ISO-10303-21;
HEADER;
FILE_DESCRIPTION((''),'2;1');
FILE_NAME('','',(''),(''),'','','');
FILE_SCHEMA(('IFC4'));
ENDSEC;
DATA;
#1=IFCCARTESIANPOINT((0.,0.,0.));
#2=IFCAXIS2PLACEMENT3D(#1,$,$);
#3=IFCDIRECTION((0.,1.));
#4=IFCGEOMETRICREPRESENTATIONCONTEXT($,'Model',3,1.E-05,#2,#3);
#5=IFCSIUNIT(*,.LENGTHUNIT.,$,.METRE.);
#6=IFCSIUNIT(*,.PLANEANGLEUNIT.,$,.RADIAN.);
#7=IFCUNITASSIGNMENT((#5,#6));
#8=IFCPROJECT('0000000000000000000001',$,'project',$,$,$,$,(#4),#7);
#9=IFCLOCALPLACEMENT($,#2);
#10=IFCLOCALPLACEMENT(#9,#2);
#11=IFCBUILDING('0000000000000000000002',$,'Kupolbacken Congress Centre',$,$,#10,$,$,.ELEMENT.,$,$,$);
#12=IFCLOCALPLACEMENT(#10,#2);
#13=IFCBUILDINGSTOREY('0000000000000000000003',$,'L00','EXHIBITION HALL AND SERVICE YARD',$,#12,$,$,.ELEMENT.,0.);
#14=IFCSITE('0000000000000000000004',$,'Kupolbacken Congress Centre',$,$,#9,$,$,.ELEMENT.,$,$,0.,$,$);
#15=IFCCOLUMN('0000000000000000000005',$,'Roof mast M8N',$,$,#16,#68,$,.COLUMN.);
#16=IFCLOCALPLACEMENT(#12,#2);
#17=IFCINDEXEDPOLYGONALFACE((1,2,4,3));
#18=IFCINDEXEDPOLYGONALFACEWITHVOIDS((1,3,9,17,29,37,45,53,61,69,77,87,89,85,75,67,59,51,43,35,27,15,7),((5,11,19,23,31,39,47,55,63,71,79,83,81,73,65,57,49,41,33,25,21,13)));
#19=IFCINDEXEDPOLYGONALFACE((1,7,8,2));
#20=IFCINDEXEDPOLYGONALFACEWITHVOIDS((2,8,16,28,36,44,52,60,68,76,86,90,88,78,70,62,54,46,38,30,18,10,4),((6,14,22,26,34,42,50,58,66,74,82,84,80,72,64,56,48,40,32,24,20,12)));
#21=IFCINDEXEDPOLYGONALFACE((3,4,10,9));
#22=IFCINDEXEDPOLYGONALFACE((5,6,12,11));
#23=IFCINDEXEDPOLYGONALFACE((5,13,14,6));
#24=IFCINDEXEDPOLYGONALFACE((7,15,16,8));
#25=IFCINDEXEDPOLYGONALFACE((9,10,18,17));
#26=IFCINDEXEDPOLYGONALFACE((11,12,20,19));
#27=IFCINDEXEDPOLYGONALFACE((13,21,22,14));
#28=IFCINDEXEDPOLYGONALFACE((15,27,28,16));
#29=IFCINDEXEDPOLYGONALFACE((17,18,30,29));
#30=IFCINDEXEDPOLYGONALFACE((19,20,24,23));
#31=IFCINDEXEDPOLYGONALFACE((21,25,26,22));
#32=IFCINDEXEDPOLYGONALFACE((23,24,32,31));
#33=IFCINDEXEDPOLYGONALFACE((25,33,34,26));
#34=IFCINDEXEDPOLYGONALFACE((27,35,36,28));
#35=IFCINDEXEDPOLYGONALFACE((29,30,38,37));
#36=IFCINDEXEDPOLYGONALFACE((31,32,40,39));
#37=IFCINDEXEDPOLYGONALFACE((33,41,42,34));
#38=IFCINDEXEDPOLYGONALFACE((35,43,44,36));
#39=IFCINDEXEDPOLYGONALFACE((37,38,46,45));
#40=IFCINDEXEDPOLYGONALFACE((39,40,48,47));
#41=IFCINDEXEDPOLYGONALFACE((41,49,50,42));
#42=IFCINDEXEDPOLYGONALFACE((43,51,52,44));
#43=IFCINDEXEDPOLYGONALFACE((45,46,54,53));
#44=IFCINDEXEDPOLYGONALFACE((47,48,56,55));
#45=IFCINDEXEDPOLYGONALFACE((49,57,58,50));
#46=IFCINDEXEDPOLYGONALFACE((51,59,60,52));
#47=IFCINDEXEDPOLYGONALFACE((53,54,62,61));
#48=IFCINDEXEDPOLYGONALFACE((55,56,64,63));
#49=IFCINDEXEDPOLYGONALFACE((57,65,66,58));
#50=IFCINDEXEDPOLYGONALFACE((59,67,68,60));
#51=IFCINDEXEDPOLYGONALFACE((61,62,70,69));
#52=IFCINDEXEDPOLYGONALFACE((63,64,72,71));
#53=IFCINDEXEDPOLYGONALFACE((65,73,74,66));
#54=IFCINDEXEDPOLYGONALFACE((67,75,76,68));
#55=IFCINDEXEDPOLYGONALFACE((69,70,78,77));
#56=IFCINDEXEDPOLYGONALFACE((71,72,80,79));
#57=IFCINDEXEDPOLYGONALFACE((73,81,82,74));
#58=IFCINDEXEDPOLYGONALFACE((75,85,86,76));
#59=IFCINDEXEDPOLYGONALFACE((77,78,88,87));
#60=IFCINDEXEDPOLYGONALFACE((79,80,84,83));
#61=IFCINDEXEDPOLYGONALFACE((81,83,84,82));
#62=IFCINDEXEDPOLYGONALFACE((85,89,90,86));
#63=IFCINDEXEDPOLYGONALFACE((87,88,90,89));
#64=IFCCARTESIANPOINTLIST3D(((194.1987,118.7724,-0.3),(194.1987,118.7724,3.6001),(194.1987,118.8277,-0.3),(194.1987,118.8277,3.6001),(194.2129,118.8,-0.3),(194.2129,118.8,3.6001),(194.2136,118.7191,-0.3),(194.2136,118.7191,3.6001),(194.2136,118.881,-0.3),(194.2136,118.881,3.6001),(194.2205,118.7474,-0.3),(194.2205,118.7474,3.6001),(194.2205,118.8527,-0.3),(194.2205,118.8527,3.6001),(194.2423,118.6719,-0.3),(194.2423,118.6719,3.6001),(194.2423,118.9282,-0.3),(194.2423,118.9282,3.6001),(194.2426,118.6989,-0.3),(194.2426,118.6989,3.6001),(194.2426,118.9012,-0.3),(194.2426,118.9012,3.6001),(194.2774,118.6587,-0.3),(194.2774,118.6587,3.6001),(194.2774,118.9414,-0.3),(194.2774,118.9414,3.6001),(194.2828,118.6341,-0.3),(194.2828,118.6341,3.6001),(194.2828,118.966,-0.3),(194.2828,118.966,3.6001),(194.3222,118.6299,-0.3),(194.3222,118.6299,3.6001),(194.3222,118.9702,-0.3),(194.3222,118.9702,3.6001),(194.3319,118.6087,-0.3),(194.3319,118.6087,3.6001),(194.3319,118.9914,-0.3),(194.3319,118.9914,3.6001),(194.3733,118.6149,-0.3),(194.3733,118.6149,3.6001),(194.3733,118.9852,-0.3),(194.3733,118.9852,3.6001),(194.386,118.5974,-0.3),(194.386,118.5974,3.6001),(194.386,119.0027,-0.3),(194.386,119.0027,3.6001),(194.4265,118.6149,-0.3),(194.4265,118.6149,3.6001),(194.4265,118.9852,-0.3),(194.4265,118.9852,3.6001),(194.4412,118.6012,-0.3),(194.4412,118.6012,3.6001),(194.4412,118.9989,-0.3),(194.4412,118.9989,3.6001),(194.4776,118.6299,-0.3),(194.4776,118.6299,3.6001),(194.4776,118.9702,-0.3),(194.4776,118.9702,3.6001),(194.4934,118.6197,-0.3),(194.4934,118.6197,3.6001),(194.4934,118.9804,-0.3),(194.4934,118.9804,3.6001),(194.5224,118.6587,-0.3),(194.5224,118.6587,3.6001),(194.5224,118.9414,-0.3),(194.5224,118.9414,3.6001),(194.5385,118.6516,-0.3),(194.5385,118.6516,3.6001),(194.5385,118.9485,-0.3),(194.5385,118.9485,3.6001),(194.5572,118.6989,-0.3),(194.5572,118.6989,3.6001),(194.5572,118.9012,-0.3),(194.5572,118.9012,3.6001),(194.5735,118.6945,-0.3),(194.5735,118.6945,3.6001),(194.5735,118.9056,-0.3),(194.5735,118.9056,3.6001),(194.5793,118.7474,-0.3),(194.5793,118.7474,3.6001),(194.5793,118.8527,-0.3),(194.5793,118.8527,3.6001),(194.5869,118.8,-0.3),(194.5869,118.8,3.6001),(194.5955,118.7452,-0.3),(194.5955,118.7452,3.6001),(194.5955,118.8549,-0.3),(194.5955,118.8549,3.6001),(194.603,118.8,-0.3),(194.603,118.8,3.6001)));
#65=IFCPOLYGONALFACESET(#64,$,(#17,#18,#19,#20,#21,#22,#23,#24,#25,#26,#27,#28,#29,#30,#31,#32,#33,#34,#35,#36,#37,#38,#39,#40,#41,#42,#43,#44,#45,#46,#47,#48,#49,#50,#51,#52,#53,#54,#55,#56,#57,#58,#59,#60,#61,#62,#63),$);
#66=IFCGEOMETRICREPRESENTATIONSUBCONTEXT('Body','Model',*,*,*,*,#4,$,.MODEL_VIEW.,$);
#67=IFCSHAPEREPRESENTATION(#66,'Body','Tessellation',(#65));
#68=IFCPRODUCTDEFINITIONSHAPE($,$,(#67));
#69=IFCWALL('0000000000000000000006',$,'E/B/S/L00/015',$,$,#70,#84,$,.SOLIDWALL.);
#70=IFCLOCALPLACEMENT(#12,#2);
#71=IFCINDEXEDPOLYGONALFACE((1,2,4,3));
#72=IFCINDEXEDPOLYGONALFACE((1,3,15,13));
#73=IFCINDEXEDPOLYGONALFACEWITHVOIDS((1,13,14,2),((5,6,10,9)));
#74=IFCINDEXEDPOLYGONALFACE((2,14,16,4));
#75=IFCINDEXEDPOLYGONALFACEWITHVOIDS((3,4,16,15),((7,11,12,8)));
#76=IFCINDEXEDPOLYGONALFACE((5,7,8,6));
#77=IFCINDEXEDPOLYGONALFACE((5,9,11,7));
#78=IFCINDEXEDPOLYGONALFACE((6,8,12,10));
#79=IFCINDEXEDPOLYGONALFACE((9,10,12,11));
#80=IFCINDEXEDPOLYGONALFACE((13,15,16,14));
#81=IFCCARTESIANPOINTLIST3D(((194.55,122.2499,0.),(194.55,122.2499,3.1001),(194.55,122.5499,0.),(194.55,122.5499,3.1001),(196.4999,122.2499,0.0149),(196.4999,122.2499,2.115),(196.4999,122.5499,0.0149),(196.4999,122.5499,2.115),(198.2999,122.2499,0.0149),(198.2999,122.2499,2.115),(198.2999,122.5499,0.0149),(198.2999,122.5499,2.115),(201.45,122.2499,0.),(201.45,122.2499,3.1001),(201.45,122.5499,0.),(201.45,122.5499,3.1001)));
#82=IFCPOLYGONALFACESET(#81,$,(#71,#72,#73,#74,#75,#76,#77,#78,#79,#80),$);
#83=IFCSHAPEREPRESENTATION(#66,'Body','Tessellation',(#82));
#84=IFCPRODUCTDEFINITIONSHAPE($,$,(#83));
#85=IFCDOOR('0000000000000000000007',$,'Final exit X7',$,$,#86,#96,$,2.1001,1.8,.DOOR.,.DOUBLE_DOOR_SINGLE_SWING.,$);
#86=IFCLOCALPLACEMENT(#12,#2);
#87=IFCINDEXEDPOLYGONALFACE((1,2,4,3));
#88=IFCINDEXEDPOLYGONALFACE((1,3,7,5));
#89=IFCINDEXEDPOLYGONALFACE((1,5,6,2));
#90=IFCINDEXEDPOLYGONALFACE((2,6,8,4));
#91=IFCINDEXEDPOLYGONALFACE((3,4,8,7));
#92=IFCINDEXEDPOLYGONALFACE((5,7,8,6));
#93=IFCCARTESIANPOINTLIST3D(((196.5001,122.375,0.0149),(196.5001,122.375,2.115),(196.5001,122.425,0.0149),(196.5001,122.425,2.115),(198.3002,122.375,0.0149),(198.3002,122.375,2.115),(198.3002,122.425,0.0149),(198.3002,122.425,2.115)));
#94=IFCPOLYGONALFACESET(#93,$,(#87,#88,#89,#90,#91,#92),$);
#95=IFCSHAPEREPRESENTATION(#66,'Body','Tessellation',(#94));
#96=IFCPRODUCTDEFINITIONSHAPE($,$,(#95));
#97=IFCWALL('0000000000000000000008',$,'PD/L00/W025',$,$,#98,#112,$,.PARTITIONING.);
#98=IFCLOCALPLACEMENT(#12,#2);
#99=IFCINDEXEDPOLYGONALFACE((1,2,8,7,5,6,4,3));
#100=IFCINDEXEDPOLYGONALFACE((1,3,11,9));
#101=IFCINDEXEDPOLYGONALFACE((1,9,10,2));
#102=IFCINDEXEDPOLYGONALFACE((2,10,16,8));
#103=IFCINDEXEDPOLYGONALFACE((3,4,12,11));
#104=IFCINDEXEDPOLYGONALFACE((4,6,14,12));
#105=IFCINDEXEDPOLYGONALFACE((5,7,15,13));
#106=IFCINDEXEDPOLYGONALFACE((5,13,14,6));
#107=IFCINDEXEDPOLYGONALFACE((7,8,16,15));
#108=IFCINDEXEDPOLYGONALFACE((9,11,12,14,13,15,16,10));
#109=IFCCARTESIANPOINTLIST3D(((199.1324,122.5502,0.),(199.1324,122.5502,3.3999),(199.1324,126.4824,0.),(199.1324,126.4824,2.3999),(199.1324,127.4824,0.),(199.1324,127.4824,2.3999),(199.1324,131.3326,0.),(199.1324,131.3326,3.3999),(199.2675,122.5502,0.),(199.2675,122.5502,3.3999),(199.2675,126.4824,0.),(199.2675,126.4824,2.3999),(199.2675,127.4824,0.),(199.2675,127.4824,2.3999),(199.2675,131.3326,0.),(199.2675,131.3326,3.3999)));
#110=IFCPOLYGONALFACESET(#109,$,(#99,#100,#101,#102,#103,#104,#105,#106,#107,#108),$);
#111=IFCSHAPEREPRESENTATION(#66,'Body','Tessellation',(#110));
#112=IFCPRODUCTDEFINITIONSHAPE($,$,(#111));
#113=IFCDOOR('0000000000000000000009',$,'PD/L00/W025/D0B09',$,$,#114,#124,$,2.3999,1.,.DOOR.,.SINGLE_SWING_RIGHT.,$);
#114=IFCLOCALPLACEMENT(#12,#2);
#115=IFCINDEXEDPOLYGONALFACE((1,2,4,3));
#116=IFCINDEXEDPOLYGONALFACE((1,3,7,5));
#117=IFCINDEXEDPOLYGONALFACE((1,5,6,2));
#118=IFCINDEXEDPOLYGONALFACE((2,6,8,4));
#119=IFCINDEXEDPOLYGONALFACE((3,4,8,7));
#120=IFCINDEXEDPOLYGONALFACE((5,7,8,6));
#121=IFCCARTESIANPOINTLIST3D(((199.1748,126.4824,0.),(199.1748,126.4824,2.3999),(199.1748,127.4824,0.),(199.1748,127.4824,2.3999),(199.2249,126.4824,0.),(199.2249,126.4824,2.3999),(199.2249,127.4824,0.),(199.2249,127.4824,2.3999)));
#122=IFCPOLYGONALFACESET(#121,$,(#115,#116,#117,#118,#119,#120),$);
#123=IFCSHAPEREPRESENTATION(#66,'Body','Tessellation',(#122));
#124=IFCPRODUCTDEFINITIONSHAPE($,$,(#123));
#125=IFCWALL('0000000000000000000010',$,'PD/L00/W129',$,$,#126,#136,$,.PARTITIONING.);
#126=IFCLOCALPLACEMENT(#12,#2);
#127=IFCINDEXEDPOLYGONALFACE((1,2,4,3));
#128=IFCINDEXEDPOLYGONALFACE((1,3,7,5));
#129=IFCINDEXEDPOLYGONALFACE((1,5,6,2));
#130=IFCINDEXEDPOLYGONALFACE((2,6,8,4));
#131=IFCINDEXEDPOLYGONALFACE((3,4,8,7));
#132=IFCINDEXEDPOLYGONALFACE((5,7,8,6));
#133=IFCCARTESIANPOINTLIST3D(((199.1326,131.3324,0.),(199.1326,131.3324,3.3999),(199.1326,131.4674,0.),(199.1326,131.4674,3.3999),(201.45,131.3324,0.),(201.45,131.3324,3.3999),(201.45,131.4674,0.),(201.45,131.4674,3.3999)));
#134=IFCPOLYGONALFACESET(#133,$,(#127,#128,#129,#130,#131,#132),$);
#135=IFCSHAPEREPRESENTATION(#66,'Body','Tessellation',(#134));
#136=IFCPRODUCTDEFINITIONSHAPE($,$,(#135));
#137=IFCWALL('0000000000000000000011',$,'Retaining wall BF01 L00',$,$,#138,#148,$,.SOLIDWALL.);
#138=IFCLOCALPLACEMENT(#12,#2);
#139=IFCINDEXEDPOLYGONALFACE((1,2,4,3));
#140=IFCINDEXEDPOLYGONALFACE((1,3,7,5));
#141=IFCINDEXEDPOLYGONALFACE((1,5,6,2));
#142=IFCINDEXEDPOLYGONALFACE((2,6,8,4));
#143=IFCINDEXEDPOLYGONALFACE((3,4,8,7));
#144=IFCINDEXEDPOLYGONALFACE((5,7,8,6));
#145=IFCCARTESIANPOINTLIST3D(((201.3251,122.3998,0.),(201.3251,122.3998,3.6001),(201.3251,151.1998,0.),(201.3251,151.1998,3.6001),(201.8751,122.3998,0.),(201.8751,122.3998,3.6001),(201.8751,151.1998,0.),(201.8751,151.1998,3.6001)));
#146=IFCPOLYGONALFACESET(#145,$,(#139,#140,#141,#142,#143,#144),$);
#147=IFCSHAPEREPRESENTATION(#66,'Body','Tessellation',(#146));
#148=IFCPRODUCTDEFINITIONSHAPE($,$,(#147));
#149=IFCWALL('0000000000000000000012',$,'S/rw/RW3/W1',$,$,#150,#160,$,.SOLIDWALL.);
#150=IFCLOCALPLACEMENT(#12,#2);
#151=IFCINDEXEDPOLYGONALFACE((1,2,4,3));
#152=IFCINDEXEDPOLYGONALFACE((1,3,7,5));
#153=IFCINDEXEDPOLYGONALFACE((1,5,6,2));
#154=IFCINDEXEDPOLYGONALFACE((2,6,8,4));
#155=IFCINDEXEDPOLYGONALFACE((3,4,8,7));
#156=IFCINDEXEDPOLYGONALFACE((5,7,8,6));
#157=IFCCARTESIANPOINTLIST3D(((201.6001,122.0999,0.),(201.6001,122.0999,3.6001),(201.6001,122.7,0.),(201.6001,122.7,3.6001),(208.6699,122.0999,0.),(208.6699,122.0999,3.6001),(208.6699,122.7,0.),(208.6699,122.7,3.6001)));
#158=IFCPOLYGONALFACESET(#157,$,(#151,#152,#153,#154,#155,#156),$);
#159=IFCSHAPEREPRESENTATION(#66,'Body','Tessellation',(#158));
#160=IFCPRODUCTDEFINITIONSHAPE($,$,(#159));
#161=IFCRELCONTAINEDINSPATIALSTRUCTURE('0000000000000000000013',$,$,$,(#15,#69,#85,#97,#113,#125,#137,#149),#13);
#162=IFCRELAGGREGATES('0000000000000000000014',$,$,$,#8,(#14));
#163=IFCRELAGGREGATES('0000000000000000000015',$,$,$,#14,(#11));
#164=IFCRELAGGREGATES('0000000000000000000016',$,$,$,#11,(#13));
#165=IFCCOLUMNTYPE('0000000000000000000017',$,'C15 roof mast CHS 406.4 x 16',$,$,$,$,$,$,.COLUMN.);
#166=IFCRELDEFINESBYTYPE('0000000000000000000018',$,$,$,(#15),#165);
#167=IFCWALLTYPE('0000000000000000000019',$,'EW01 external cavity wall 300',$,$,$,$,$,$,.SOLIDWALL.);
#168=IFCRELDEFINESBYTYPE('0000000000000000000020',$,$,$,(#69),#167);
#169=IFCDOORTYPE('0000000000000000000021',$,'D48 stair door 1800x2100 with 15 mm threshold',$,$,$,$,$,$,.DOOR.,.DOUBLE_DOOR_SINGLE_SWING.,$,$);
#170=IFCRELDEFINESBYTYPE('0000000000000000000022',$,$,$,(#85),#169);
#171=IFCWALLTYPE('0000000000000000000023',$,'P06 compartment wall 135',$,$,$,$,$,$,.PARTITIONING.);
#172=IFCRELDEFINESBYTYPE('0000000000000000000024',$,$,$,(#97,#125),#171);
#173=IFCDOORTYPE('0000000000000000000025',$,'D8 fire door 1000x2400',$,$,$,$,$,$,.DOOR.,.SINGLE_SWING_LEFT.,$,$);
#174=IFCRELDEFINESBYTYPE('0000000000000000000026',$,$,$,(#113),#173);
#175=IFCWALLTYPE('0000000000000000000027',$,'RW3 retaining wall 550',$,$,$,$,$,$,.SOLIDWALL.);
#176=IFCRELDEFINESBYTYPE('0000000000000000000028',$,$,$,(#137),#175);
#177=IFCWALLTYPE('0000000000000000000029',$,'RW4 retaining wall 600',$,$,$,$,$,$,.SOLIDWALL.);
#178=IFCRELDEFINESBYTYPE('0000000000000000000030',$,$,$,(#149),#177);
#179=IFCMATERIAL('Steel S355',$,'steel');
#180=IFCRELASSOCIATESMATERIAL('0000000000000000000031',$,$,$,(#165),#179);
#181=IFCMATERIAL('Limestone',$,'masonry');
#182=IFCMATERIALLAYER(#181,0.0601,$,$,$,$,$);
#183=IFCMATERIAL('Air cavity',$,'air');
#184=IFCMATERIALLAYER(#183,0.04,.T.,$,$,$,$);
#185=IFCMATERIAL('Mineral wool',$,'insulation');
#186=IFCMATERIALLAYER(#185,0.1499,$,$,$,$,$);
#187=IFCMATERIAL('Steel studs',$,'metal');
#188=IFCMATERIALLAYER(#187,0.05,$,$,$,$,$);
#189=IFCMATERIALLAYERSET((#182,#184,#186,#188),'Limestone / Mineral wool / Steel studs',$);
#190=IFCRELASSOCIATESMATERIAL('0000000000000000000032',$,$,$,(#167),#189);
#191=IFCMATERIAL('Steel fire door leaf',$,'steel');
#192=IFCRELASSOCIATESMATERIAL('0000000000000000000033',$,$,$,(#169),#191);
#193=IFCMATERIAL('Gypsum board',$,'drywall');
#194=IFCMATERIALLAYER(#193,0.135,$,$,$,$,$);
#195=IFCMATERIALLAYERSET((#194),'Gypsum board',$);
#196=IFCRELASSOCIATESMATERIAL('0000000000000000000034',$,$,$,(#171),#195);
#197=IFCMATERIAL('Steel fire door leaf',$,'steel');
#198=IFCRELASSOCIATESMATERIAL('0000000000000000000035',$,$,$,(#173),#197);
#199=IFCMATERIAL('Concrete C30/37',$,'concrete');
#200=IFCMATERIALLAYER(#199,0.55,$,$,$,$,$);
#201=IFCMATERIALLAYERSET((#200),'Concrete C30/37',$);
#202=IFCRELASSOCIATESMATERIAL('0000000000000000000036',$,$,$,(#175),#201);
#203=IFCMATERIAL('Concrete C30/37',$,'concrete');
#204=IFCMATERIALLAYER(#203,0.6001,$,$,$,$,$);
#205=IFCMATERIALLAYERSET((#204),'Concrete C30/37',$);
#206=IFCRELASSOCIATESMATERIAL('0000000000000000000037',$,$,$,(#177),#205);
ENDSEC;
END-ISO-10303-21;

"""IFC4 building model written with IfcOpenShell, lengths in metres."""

from ifc_helpers import new_model, si_unit, direction, frame, frame_2d, origin, origin_2d, place, context, subcontext, project, spatial, rectangle, hollow_circle, extrude, material, layer, layer_set, material_profile, profile_set, type_object, element, fill, save


model = new_model("IFC4")

# Units and contexts
model_context = context("Model", 3, precision=1e-05, world=origin(), true_north=direction((0.0, 1.0)))
body_context = subcontext(model_context, "Body", "Model", "MODEL_VIEW")
ifc_project = project(units=[si_unit("LENGTHUNIT", "METRE"), si_unit("PLANEANGLEUNIT", "RADIAN")], contexts=[model_context])

# Site, building, storey
site_placement = place(None, origin())
site = spatial("IfcSite", under=ifc_project, at=site_placement, Name="Kupolbacken Congress Centre", CompositionType="ELEMENT", RefElevation=0.0)
building_placement = place(site_placement, origin())
building = spatial("IfcBuilding", under=site, at=building_placement, Name="Kupolbacken Congress Centre", CompositionType="ELEMENT")
storey_placement = place(building_placement, origin())
storey = spatial("IfcBuildingStorey", under=building, at=storey_placement, Name="L00", Description="EXHIBITION HALL AND SERVICE YARD", CompositionType="ELEMENT", Elevation=0.0)

# Column
ifc_material_1 = material(Name="Steel S355", Category="steel")
ifc_material_profile_1 = material_profile(ifc_material_1, hollow_circle(Radius=0.2031, WallThickness=0.0161, at=origin_2d()), Name="CHS 406.4 x 16")
ifc_profile_set_1 = profile_set([ifc_material_profile_1], Name="Steel S355")
column_type_1 = type_object("IfcColumnType", Name="C15 roof mast CHS 406.4 x 16", PredefinedType="COLUMN", material=ifc_profile_set_1)
column_placement = place(storey_placement, frame((194.3999, 118.8, -0.3), z_axis=(0.0, 0.0, 1.0), x_axis=(1.0, 0.0, 0.0)))
element("IfcColumn", 1, at=column_placement, inside=storey, type_object=column_type_1, Name="Roof mast M8N", PredefinedType="COLUMN", context=body_context, shape_type="SweptSolid", body=[
    extrude(hollow_circle(Radius=0.2031, WallThickness=0.0161, at=origin_2d()), origin(), (0.0, 0.0, 1.0), 3.9001),
])

# Walls, openings, doors
ifc_material_2 = material(Name="Limestone", Category="masonry")
ifc_layer_1 = layer(ifc_material_2, 0.0601)
ifc_material_3 = material(Name="Air cavity", Category="air")
ifc_layer_2 = layer(ifc_material_3, 0.04, ventilated=True)
ifc_material_4 = material(Name="Mineral wool", Category="insulation")
ifc_layer_3 = layer(ifc_material_4, 0.1499)
ifc_material_5 = material(Name="Steel studs", Category="metal")
ifc_layer_4 = layer(ifc_material_5, 0.05)
ifc_layer_set_1 = layer_set([ifc_layer_1, ifc_layer_2, ifc_layer_3, ifc_layer_4], Name="Limestone / Mineral wool / Steel studs")
wall_type_1 = type_object("IfcWallType", Name="EW01 external cavity wall 300", PredefinedType="SOLIDWALL", material=ifc_layer_set_1)
wall_1_placement = place(storey_placement, frame((194.55, 122.3999, 0.0), z_axis=(0.0, 0.0, 1.0), x_axis=(1.0, 0.0, 0.0)))
wall_1 = element("IfcWall", 2, at=wall_1_placement, inside=storey, type_object=wall_type_1, Name="E/B/S/L00/015", PredefinedType="SOLIDWALL", context=body_context, shape_type="SweptSolid", body=[
    extrude(rectangle(XDim=6.8999, YDim=0.3, at=frame_2d((3.45, 0.0))), origin(), (0.0, 0.0, 1.0), 3.1001),
])
opening_1_placement = place(wall_1_placement, frame((1.95, 0.0, 0.0149)))
opening_1 = element("IfcOpeningElement", 3, at=opening_1_placement, cuts=wall_1, PredefinedType="OPENING", context=body_context, shape_type="SweptSolid", body=[
    extrude(rectangle(XDim=1.8, YDim=2.1001, at=frame_2d((0.8999, 1.05))), frame((0.0, 0.1599, 0.0), z_axis=(0.0, -1.0, 0.0), x_axis=(1.0, 0.0, 0.0)), (0.0, 0.0, 1.0), 0.3201),
])
ifc_material_6 = material(Name="Steel fire door leaf", Category="steel")
door_type_1 = type_object("IfcDoorType", Name="D48 stair door 1800x2100 with 15 mm threshold", OperationType="DOUBLE_DOOR_SINGLE_SWING", PredefinedType="DOOR", material=ifc_material_6)
door_1_placement = place(opening_1_placement, frame((1.8, 0.0, 0.0), z_axis=(0.0, 0.0, 1.0), x_axis=(-1.0, 0.0, 0.0)))
door_1 = element("IfcDoor", 4, at=door_1_placement, inside=storey, type_object=door_type_1, Name="Final exit X7", OperationType="DOUBLE_DOOR_SINGLE_SWING", OverallHeight=2.1001, OverallWidth=1.8, PredefinedType="DOOR", context=body_context, shape_type="SweptSolid", body=[
    extrude(rectangle(XDim=1.8, YDim=2.1001, at=frame_2d((0.8999, 1.05))), frame((0.0, 0.0249, 0.0), z_axis=(0.0, -1.0, 0.0), x_axis=(1.0, 0.0, 0.0)), (0.0, 0.0, 1.0), 0.05),
])
fill(opening_1, door_1)
ifc_material_7 = material(Name="Gypsum board", Category="drywall")
ifc_layer_5 = layer(ifc_material_7, 0.135)
ifc_layer_set_2 = layer_set([ifc_layer_5], Name="Gypsum board")
wall_type_2 = type_object("IfcWallType", Name="P06 compartment wall 135", PredefinedType="PARTITIONING", material=ifc_layer_set_2)
wall_2_placement = place(storey_placement, frame((199.2, 131.3325, 0.0), z_axis=(0.0, 0.0, 1.0), x_axis=(0.0, -1.0, 0.0)))
wall_2 = element("IfcWall", 5, at=wall_2_placement, inside=storey, type_object=wall_type_2, Name="PD/L00/W025", PredefinedType="PARTITIONING", context=body_context, shape_type="SweptSolid", body=[
    extrude(rectangle(XDim=8.7825, YDim=0.135, at=frame_2d((4.3911, 0.0))), origin(), (0.0, 0.0, 1.0), 3.3999),
])
opening_2_placement = place(wall_2_placement, frame((3.8501, 0.0, 0.0)))
opening_2 = element("IfcOpeningElement", 6, at=opening_2_placement, cuts=wall_2, PredefinedType="OPENING", context=body_context, shape_type="SweptSolid", body=[
    extrude(rectangle(XDim=1.0, YDim=2.3999, at=frame_2d((0.5, 1.2))), frame((0.0, 0.0774, 0.0), z_axis=(0.0, -1.0, 0.0), x_axis=(1.0, 0.0, 0.0)), (0.0, 0.0, 1.0), 0.155),
])
ifc_material_8 = material(Name="Steel fire door leaf", Category="steel")
door_type_2 = type_object("IfcDoorType", Name="D8 fire door 1000x2400", OperationType="SINGLE_SWING_LEFT", PredefinedType="DOOR", material=ifc_material_8)
door_2_placement = place(opening_2_placement, origin())
door_2 = element("IfcDoor", 7, at=door_2_placement, inside=storey, type_object=door_type_2, Name="PD/L00/W025/D0B09", OperationType="SINGLE_SWING_RIGHT", OverallHeight=2.3999, OverallWidth=1.0, PredefinedType="DOOR", context=body_context, shape_type="SweptSolid", body=[
    extrude(rectangle(XDim=1.0, YDim=2.3999, at=frame_2d((0.5, 1.2))), frame((0.0, 0.0249, 0.0), z_axis=(0.0, -1.0, 0.0), x_axis=(1.0, 0.0, 0.0)), (0.0, 0.0, 1.0), 0.05),
])
fill(opening_2, door_2)

# Walls
wall_3_placement = place(storey_placement, frame((201.45, 131.3999, 0.0), z_axis=(0.0, 0.0, 1.0), x_axis=(-1.0, 0.0, 0.0)))
element("IfcWall", 8, at=wall_3_placement, inside=storey, type_object=wall_type_2, Name="PD/L00/W129", PredefinedType="PARTITIONING", context=body_context, shape_type="SweptSolid", body=[
    extrude(rectangle(XDim=2.3174, YDim=0.135, at=frame_2d((1.1587, 0.0))), origin(), (0.0, 0.0, 1.0), 3.3999),
])
ifc_material_9 = material(Name="Concrete C30/37", Category="concrete")
ifc_layer_6 = layer(ifc_material_9, 0.55)
ifc_layer_set_3 = layer_set([ifc_layer_6], Name="Concrete C30/37")
wall_type_3 = type_object("IfcWallType", Name="RW3 retaining wall 550", PredefinedType="SOLIDWALL", material=ifc_layer_set_3)
wall_4_placement = place(storey_placement, frame((201.6001, 122.3999, 0.0), z_axis=(0.0, 0.0, 1.0), x_axis=(0.0, 1.0, 0.0)))
element("IfcWall", 9, at=wall_4_placement, inside=storey, type_object=wall_type_3, Name="Retaining wall BF01 L00", PredefinedType="SOLIDWALL", context=body_context, shape_type="SweptSolid", body=[
    extrude(rectangle(XDim=28.8, YDim=0.55, at=frame_2d((14.3999, 0.0))), origin(), (0.0, 0.0, 1.0), 3.6001),
])
ifc_material_10 = material(Name="Concrete C30/37", Category="concrete")
ifc_layer_7 = layer(ifc_material_10, 0.6001)
ifc_layer_set_4 = layer_set([ifc_layer_7], Name="Concrete C30/37")
wall_type_4 = type_object("IfcWallType", Name="RW4 retaining wall 600", PredefinedType="SOLIDWALL", material=ifc_layer_set_4)
wall_5_placement = place(storey_placement, frame((201.6001, 122.3999, 0.0), z_axis=(0.0, 0.0, 1.0), x_axis=(1.0, 0.0, 0.0)))
element("IfcWall", 10, at=wall_5_placement, inside=storey, type_object=wall_type_4, Name="S/rw/RW3/W1", PredefinedType="SOLIDWALL", context=body_context, shape_type="SweptSolid", body=[
    extrude(rectangle(XDim=7.0698, YDim=0.6001, at=frame_2d((3.5349, 0.0))), origin(), (0.0, 0.0, 1.0), 3.6001),
])

save(model, "model.ifc")
